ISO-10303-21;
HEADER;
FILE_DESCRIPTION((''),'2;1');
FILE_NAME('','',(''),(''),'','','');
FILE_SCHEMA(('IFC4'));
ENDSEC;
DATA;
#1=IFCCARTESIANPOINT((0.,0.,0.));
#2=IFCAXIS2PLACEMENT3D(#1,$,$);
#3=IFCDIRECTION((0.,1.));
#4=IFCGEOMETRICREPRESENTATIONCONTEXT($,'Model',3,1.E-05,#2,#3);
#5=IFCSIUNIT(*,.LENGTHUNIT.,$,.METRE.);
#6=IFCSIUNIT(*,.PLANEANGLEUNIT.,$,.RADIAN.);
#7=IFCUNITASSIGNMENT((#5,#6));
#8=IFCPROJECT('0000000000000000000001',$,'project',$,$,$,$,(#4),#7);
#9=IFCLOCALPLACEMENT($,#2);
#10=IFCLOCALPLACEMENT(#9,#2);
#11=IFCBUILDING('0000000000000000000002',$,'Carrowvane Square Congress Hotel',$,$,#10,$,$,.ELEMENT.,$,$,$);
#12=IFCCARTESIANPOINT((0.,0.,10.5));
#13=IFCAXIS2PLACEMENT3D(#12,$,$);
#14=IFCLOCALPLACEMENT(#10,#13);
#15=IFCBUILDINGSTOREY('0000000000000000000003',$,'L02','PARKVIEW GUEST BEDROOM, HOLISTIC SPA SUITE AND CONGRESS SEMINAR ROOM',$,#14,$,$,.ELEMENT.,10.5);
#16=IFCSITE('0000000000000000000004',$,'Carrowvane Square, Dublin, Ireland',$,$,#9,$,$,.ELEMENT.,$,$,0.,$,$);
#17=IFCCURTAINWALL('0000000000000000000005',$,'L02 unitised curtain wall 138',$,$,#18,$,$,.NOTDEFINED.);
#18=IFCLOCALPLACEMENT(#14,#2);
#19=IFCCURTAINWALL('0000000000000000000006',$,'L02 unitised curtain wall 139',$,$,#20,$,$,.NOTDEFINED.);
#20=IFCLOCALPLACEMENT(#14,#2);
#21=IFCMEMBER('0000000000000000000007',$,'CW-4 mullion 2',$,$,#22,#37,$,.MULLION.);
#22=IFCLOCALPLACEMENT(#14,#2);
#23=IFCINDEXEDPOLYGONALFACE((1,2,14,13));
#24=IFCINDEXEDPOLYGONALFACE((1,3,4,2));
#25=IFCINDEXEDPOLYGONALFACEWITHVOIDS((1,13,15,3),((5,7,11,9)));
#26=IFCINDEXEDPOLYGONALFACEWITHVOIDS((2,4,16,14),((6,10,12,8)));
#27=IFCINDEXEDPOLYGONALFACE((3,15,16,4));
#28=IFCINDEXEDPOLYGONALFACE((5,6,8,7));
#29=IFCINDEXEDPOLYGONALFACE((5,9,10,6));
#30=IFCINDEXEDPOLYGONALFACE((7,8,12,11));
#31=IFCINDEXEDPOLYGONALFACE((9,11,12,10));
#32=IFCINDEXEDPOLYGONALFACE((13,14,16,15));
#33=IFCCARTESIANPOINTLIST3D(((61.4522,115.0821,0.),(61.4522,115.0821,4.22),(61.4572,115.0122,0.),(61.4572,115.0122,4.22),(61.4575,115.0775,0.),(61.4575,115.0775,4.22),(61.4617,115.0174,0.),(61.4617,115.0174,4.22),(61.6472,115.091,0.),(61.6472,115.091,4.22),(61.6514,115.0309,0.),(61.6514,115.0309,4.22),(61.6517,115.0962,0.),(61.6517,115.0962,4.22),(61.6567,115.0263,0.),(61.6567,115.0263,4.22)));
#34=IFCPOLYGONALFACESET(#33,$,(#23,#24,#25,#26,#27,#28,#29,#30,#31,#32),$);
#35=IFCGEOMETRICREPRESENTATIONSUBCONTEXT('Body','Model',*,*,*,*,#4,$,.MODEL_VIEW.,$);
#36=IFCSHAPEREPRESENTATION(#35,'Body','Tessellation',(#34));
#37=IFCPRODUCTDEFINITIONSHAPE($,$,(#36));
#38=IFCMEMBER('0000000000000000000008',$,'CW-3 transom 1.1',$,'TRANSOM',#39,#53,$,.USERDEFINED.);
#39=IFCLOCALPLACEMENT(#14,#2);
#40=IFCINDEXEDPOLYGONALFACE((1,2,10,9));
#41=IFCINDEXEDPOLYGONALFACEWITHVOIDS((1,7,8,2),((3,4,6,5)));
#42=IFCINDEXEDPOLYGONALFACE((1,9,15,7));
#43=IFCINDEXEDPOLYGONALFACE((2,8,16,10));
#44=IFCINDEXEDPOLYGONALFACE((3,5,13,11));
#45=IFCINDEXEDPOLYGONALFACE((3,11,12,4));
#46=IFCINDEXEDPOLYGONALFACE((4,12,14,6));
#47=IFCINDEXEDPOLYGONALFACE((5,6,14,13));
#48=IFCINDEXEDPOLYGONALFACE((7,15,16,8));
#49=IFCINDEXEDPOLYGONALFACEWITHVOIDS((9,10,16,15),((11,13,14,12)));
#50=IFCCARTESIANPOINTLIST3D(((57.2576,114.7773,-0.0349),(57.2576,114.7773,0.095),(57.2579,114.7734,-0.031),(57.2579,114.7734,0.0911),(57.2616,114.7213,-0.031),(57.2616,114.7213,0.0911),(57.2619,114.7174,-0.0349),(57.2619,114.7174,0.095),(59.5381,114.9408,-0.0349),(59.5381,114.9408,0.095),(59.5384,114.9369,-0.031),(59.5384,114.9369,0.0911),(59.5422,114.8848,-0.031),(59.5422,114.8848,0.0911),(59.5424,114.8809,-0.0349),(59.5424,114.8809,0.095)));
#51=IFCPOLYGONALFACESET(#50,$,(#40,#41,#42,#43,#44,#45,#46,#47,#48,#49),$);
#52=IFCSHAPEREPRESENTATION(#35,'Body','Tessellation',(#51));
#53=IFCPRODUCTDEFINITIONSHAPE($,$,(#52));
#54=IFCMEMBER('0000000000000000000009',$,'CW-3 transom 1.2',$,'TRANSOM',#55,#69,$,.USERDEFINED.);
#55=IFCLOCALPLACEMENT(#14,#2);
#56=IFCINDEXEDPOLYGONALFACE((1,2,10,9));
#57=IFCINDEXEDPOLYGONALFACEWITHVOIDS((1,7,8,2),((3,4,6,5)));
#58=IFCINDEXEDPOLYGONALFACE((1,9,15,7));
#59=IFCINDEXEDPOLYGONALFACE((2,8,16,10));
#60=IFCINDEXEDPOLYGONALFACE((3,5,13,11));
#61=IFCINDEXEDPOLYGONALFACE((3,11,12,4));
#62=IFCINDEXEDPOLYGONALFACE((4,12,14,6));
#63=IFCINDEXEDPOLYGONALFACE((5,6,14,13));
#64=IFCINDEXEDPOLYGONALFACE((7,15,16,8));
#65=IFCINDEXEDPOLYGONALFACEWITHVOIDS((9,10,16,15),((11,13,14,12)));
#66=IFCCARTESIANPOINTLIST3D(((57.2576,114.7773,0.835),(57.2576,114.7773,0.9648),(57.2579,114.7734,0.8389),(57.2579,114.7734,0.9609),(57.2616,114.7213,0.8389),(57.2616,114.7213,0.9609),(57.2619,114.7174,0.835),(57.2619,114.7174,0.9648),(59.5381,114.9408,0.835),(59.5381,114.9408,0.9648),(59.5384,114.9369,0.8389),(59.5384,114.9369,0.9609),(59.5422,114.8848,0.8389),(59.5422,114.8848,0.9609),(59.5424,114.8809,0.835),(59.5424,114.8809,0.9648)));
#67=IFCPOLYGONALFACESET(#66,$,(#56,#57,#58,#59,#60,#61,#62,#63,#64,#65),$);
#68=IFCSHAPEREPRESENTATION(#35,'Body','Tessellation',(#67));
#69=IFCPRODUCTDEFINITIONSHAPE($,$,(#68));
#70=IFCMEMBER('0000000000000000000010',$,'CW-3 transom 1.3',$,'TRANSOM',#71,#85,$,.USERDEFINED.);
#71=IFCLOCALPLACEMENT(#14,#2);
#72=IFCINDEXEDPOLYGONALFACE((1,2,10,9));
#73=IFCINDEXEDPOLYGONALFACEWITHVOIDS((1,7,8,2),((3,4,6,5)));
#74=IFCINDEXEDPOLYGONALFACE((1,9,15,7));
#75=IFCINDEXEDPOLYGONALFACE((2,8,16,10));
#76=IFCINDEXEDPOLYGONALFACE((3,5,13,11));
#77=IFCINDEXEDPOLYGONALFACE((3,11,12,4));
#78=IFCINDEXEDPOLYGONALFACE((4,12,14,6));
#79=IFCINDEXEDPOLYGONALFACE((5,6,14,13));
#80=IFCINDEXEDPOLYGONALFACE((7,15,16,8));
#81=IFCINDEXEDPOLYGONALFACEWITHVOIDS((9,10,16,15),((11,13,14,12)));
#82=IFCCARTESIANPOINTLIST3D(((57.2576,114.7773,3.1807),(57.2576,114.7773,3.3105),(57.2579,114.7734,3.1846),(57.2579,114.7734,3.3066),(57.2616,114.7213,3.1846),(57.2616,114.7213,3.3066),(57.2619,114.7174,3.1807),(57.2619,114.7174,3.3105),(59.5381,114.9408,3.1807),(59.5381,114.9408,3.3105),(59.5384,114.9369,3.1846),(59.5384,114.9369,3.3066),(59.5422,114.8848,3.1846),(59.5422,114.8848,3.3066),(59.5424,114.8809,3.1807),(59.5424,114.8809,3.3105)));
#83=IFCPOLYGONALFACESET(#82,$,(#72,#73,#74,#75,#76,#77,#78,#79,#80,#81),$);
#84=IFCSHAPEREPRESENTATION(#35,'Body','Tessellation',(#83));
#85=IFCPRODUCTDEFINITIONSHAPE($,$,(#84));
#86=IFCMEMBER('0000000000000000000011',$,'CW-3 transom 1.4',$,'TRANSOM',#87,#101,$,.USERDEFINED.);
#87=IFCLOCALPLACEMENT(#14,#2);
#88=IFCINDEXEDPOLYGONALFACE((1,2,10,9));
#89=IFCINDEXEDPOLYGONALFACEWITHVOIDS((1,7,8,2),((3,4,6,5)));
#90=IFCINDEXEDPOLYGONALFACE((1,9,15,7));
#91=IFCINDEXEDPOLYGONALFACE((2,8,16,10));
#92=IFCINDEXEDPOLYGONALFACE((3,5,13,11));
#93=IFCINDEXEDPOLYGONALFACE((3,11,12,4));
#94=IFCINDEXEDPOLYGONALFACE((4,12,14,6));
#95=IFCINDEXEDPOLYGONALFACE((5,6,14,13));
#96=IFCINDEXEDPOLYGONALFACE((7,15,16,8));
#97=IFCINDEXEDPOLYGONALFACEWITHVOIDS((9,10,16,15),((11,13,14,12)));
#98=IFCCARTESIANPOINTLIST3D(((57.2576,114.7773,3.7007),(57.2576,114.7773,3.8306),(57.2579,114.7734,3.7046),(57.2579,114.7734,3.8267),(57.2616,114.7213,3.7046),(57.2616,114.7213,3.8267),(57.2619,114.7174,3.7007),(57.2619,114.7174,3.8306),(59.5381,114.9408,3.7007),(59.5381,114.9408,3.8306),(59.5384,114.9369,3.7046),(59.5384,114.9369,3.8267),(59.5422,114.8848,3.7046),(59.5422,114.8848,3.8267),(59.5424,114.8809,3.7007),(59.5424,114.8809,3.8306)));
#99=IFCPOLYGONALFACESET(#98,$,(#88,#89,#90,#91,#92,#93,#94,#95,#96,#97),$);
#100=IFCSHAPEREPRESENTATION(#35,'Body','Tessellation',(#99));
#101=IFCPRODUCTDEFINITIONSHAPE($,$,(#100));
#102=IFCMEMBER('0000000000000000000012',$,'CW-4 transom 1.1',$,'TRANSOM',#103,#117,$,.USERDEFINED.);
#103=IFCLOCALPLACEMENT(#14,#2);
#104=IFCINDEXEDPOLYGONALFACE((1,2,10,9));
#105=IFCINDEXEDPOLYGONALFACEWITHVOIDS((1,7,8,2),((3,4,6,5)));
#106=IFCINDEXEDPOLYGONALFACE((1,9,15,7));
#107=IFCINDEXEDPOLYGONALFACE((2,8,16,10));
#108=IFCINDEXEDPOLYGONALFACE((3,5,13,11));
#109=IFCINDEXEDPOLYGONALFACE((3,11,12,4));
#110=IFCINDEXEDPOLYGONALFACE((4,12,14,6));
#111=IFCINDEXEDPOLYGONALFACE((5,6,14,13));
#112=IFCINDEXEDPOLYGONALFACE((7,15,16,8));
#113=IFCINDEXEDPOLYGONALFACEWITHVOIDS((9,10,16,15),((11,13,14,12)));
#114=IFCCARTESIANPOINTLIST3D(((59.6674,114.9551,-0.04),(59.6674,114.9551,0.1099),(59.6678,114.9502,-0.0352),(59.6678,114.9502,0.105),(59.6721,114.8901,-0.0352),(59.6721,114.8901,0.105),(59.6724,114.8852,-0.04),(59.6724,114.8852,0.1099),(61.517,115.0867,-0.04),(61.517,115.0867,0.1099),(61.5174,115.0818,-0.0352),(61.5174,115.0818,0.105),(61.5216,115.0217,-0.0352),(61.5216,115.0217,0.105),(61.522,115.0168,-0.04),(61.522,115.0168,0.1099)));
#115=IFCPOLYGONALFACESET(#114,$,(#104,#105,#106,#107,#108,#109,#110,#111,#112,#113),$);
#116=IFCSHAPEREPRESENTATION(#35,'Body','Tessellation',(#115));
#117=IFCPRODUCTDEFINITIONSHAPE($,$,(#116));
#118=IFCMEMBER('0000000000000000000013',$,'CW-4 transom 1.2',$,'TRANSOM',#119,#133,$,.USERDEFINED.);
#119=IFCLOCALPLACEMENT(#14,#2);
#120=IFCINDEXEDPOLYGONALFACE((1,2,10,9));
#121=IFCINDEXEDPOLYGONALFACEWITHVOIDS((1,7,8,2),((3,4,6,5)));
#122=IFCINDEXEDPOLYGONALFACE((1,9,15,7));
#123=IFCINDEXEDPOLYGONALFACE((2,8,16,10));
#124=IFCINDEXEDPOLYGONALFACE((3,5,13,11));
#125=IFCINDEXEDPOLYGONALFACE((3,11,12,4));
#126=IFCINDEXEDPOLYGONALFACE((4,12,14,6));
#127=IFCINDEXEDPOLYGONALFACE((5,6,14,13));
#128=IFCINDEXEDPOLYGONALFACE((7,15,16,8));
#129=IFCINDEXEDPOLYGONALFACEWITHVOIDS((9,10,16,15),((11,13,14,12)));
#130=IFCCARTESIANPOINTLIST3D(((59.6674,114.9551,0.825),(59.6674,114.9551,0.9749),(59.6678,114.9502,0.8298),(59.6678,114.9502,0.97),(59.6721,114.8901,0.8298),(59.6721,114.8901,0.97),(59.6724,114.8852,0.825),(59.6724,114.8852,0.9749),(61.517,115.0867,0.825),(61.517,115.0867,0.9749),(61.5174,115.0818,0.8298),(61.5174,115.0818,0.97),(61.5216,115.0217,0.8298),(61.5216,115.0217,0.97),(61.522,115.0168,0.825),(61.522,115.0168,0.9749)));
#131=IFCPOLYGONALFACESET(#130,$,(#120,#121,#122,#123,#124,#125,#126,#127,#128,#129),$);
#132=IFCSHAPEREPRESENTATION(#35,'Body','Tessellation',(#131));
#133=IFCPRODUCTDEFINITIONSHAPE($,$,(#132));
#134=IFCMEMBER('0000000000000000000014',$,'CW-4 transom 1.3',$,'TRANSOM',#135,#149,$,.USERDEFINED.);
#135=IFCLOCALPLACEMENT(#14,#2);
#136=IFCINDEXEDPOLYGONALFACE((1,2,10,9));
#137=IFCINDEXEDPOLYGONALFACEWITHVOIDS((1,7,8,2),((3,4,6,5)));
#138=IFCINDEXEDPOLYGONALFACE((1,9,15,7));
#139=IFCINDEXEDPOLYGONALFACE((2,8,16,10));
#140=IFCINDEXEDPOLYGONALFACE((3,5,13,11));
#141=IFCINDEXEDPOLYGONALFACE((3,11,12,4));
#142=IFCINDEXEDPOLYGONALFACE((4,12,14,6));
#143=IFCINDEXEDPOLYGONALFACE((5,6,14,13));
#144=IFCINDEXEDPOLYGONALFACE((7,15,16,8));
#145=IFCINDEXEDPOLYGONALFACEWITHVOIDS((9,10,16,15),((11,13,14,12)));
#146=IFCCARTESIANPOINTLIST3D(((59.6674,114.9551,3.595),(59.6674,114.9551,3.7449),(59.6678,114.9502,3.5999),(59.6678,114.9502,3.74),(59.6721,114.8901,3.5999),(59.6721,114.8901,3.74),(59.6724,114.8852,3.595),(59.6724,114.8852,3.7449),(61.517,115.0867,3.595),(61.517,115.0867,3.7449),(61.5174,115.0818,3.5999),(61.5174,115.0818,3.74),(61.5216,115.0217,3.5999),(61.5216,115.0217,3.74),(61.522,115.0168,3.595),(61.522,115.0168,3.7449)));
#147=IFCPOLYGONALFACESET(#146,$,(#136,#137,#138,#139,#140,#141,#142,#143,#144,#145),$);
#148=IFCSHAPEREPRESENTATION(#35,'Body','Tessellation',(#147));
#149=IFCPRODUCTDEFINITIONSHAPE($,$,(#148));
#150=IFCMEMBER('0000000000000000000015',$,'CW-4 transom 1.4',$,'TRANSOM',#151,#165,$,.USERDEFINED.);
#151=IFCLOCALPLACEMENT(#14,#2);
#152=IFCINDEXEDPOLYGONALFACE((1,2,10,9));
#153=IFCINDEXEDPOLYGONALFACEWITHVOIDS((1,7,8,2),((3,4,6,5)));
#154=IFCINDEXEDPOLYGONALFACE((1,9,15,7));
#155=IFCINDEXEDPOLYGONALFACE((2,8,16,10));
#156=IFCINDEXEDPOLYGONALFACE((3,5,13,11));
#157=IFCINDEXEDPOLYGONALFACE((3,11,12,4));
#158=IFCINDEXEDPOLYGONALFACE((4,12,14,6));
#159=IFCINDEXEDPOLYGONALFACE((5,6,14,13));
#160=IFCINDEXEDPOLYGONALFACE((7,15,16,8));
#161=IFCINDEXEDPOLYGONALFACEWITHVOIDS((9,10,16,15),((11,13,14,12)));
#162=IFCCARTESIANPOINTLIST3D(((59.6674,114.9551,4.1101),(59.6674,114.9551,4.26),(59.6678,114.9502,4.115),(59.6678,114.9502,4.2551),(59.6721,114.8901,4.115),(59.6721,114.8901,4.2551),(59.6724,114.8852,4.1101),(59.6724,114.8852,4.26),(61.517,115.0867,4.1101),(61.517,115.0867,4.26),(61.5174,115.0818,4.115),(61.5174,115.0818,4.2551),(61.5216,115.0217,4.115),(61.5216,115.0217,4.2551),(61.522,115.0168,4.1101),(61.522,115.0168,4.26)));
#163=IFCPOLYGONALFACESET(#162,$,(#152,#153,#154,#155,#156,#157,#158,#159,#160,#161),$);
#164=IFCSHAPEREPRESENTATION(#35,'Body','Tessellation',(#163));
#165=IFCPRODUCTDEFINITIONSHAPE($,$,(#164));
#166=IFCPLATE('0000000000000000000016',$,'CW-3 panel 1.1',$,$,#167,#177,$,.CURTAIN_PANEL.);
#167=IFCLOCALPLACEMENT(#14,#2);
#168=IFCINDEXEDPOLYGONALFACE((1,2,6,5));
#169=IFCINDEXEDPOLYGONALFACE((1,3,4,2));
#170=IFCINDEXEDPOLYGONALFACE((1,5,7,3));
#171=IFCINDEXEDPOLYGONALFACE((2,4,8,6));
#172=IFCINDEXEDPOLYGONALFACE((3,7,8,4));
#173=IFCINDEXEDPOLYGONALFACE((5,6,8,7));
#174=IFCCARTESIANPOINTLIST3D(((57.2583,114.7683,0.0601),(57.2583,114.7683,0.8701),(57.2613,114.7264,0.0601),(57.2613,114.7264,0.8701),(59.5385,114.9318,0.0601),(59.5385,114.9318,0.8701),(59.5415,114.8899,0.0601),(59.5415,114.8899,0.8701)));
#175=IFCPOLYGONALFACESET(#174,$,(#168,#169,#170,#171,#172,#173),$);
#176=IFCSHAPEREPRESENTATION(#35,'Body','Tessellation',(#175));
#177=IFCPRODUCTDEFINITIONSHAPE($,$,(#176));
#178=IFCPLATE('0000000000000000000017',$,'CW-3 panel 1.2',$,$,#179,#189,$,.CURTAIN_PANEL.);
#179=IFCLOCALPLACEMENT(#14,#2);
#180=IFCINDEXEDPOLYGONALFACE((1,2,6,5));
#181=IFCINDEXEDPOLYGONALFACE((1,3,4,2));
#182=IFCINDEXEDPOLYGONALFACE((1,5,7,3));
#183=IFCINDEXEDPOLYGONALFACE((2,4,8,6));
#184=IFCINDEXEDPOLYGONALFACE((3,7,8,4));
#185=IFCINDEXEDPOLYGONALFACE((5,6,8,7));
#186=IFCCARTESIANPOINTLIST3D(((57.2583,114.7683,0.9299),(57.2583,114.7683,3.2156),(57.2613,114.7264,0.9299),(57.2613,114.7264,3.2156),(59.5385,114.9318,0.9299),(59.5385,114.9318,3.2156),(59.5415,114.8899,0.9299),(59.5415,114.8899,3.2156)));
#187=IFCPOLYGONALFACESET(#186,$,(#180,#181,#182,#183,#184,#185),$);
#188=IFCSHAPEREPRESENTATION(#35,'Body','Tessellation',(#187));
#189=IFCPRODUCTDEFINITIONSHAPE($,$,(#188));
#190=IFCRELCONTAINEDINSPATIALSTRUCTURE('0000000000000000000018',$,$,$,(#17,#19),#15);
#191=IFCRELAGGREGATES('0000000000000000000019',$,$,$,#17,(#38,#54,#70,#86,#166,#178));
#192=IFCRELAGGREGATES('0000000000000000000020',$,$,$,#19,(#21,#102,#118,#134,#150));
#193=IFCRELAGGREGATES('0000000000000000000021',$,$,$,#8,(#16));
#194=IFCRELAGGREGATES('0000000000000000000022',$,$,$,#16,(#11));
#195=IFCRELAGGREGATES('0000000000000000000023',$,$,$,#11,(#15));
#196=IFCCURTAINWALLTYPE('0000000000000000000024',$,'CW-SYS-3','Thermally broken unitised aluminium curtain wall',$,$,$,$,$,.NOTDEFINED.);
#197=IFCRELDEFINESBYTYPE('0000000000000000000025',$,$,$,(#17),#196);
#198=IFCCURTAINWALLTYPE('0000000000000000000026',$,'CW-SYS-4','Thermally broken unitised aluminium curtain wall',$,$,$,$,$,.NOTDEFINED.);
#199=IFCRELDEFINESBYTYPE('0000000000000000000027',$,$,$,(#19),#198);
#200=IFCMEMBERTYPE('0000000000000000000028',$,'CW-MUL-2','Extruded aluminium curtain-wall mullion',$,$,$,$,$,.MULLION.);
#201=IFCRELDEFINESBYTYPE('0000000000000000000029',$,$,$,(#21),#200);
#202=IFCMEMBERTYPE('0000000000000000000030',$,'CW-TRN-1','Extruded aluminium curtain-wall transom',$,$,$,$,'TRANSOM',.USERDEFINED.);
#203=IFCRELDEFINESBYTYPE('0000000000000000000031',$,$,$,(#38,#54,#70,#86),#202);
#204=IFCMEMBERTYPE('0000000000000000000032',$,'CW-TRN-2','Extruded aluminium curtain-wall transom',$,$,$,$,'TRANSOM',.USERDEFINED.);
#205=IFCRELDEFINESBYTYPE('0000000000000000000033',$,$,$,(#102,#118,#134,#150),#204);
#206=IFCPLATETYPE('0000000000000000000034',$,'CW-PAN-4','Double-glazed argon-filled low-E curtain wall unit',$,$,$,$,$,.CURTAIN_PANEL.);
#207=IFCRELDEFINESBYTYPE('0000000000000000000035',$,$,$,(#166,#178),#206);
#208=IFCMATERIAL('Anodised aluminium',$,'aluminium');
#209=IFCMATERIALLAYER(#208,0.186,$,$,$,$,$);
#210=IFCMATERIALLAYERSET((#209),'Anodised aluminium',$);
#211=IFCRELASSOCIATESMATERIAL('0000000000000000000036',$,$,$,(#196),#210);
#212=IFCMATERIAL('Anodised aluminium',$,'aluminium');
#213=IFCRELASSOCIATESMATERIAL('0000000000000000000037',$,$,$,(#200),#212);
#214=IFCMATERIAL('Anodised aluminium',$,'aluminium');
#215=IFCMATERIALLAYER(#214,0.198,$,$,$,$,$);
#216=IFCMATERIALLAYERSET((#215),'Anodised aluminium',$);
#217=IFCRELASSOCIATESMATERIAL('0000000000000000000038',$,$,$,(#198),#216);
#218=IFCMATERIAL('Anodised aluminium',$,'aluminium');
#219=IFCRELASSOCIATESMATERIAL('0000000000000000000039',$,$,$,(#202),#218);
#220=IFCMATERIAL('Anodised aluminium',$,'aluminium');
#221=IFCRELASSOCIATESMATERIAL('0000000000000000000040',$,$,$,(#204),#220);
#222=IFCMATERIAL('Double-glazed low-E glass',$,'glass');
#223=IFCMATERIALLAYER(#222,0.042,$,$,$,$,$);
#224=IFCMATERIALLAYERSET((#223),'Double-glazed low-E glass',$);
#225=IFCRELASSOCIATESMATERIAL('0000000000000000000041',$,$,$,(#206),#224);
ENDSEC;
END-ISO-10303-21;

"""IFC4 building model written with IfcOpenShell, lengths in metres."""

from ifc_helpers import new_model, si_unit, direction, frame, origin, origin_2d, place, context, subcontext, project, spatial, rectangle, hollow_rectangle, extrude, material, layer, layer_set, material_profile, profile_set, type_object, element, aggregate, save


model = new_model("IFC4")

# Units and contexts
model_context = context("Model", 3, precision=1e-05, world=origin(), true_north=direction((0.0, 1.0)))
body_context = subcontext(model_context, "Body", "Model", "MODEL_VIEW")
ifc_project = project(units=[si_unit("LENGTHUNIT", "METRE"), si_unit("PLANEANGLEUNIT", "RADIAN")], contexts=[model_context])

# Site, building, storey
site_placement = place(None, origin())
site = spatial("IfcSite", under=ifc_project, at=site_placement, Name="Carrowvane Square, Dublin, Ireland", CompositionType="ELEMENT", RefElevation=0.0)
building_placement = place(site_placement, origin())
building = spatial("IfcBuilding", under=site, at=building_placement, Name="Carrowvane Square Congress Hotel", CompositionType="ELEMENT")
storey_placement = place(building_placement, frame((0.0, 0.0, 10.5)))
storey = spatial("IfcBuildingStorey", under=building, at=storey_placement, Name="L02", Description="PARKVIEW GUEST BEDROOM, HOLISTIC SPA SUITE AND CONGRESS SEMINAR ROOM", CompositionType="ELEMENT", Elevation=10.5)

# Curtain wall
ifc_material_1 = material(Name="Anodised aluminium", Category="aluminium")
ifc_layer_1 = layer(ifc_material_1, 0.186)
ifc_layer_set_1 = layer_set([ifc_layer_1], Name="Anodised aluminium")
curtain_wall_type_1 = type_object("IfcCurtainWallType", Name="CW-SYS-3", Description="Thermally broken unitised aluminium curtain wall", PredefinedType="NOTDEFINED", material=ifc_layer_set_1)
curtain_wall_1_placement = place(storey_placement, origin())
curtain_wall_1 = element("IfcCurtainWall", 1, at=curtain_wall_1_placement, inside=storey, type_object=curtain_wall_type_1, Name="L02 unitised curtain wall 138", PredefinedType="NOTDEFINED")

# Shared definitions
ifc_material_2 = material(Name="Anodised aluminium", Category="aluminium")
ifc_material_profile_1 = material_profile(ifc_material_2, hollow_rectangle(XDim=0.0701, YDim=0.2, WallThickness=0.0049, at=origin_2d()), Name="CW-ML 70x200x5")
ifc_profile_set_1 = profile_set([ifc_material_profile_1], Name="Anodised aluminium")
member_type_1 = type_object("IfcMemberType", Name="CW-MUL-2", Description="Extruded aluminium curtain-wall mullion", PredefinedType="MULLION", material=ifc_profile_set_1)

# Curtain wall, member
ifc_material_3 = material(Name="Anodised aluminium", Category="aluminium")
ifc_layer_2 = layer(ifc_material_3, 0.198)
ifc_layer_set_2 = layer_set([ifc_layer_2], Name="Anodised aluminium")
curtain_wall_type_2 = type_object("IfcCurtainWallType", Name="CW-SYS-4", Description="Thermally broken unitised aluminium curtain wall", PredefinedType="NOTDEFINED", material=ifc_layer_set_2)
curtain_wall_2_placement = place(storey_placement, origin())
curtain_wall_2 = element("IfcCurtainWall", 2, at=curtain_wall_2_placement, inside=storey, type_object=curtain_wall_type_2, Name="L02 unitised curtain wall 139", PredefinedType="NOTDEFINED")
member_1_placement = place(storey_placement, frame((61.5544, 115.0542, 0.0), z_axis=(0.0, 0.0, 1.0), x_axis=(-0.07096, 0.997479, 0.0)))
member_1 = element("IfcMember", 3, at=member_1_placement, type_object=member_type_1, Name="CW-4 mullion 2", PredefinedType="MULLION", context=body_context, shape_type="SweptSolid", body=[
    extrude(hollow_rectangle(XDim=0.0701, YDim=0.2, WallThickness=0.0049, at=origin_2d()), origin(), (0.0, 0.0, 1.0), 4.22),
])

# Members
ifc_material_4 = material(Name="Anodised aluminium", Category="aluminium")
ifc_material_profile_2 = material_profile(ifc_material_4, hollow_rectangle(XDim=0.0601, YDim=0.1299, WallThickness=0.0039, at=origin_2d()), Name="CW-TR 60x130x4")
ifc_profile_set_2 = profile_set([ifc_material_profile_2], Name="Anodised aluminium")
member_type_2 = type_object("IfcMemberType", Name="CW-TRN-1", Description="Extruded aluminium curtain-wall transom", ElementType="TRANSOM", PredefinedType="USERDEFINED", material=ifc_profile_set_2)
member_2_placement = place(storey_placement, frame((57.2598, 114.7473, 0.03), z_axis=(0.997438, 0.071543, 0.0), x_axis=(-0.071543, 0.997438, 0.0)))
member_2 = element("IfcMember", 4, at=member_2_placement, type_object=member_type_2, Name="CW-3 transom 1.1", ObjectType="TRANSOM", PredefinedType="USERDEFINED", context=body_context, shape_type="SweptSolid", body=[
    extrude(hollow_rectangle(XDim=0.0601, YDim=0.1299, WallThickness=0.0039, at=origin_2d()), origin(), (0.0, 0.0, 1.0), 2.2864),
])
member_3_placement = place(storey_placement, frame((57.2598, 114.7473, 0.8999), z_axis=(0.997438, 0.071543, 0.0), x_axis=(-0.071543, 0.997438, 0.0)))
member_3 = element("IfcMember", 5, at=member_3_placement, type_object=member_type_2, Name="CW-3 transom 1.2", ObjectType="TRANSOM", PredefinedType="USERDEFINED", context=body_context, shape_type="SweptSolid", body=[
    extrude(hollow_rectangle(XDim=0.0601, YDim=0.1299, WallThickness=0.0039, at=origin_2d()), origin(), (0.0, 0.0, 1.0), 2.2864),
])
member_4_placement = place(storey_placement, frame((57.2598, 114.7473, 3.2456), z_axis=(0.997438, 0.071543, 0.0), x_axis=(-0.071543, 0.997438, 0.0)))
member_4 = element("IfcMember", 6, at=member_4_placement, type_object=member_type_2, Name="CW-3 transom 1.3", ObjectType="TRANSOM", PredefinedType="USERDEFINED", context=body_context, shape_type="SweptSolid", body=[
    extrude(hollow_rectangle(XDim=0.0601, YDim=0.1299, WallThickness=0.0039, at=origin_2d()), origin(), (0.0, 0.0, 1.0), 2.2864),
])
member_5_placement = place(storey_placement, frame((57.2598, 114.7473, 3.7656), z_axis=(0.997438, 0.071543, 0.0), x_axis=(-0.071543, 0.997438, 0.0)))
member_5 = element("IfcMember", 7, at=member_5_placement, type_object=member_type_2, Name="CW-3 transom 1.4", ObjectType="TRANSOM", PredefinedType="USERDEFINED", context=body_context, shape_type="SweptSolid", body=[
    extrude(hollow_rectangle(XDim=0.0601, YDim=0.1299, WallThickness=0.0039, at=origin_2d()), origin(), (0.0, 0.0, 1.0), 2.2864),
])
ifc_material_5 = material(Name="Anodised aluminium", Category="aluminium")
ifc_material_profile_3 = material_profile(ifc_material_5, hollow_rectangle(XDim=0.0701, YDim=0.1499, WallThickness=0.0049, at=origin_2d()), Name="CW-TR 70x150x5")
ifc_profile_set_3 = profile_set([ifc_material_profile_3], Name="Anodised aluminium")
member_type_3 = type_object("IfcMemberType", Name="CW-TRN-2", Description="Extruded aluminium curtain-wall transom", ElementType="TRANSOM", PredefinedType="USERDEFINED", material=ifc_profile_set_3)
member_6_placement = place(storey_placement, frame((59.6699, 114.9202, 0.0349), z_axis=(0.997479, 0.070966, 0.0), x_axis=(-0.070966, 0.997479, 0.0)))
member_6 = element("IfcMember", 8, at=member_6_placement, type_object=member_type_3, Name="CW-4 transom 1.1", ObjectType="TRANSOM", PredefinedType="USERDEFINED", context=body_context, shape_type="SweptSolid", body=[
    extrude(hollow_rectangle(XDim=0.0701, YDim=0.1499, WallThickness=0.0049, at=origin_2d()), origin(), (0.0, 0.0, 1.0), 1.8542),
])
member_7_placement = place(storey_placement, frame((59.6699, 114.9202, 0.8999), z_axis=(0.997479, 0.070966, 0.0), x_axis=(-0.070966, 0.997479, 0.0)))
member_7 = element("IfcMember", 9, at=member_7_placement, type_object=member_type_3, Name="CW-4 transom 1.2", ObjectType="TRANSOM", PredefinedType="USERDEFINED", context=body_context, shape_type="SweptSolid", body=[
    extrude(hollow_rectangle(XDim=0.0701, YDim=0.1499, WallThickness=0.0049, at=origin_2d()), origin(), (0.0, 0.0, 1.0), 1.8542),
])
member_8_placement = place(storey_placement, frame((59.6699, 114.9202, 3.6699), z_axis=(0.997479, 0.070966, 0.0), x_axis=(-0.070966, 0.997479, 0.0)))
member_8 = element("IfcMember", 10, at=member_8_placement, type_object=member_type_3, Name="CW-4 transom 1.3", ObjectType="TRANSOM", PredefinedType="USERDEFINED", context=body_context, shape_type="SweptSolid", body=[
    extrude(hollow_rectangle(XDim=0.0701, YDim=0.1499, WallThickness=0.0049, at=origin_2d()), origin(), (0.0, 0.0, 1.0), 1.8542),
])
member_9_placement = place(storey_placement, frame((59.6699, 114.9202, 4.1851), z_axis=(0.997479, 0.070966, 0.0), x_axis=(-0.070966, 0.997479, 0.0)))
member_9 = element("IfcMember", 11, at=member_9_placement, type_object=member_type_3, Name="CW-4 transom 1.4", ObjectType="TRANSOM", PredefinedType="USERDEFINED", context=body_context, shape_type="SweptSolid", body=[
    extrude(hollow_rectangle(XDim=0.0701, YDim=0.1499, WallThickness=0.0049, at=origin_2d()), origin(), (0.0, 0.0, 1.0), 1.8542),
])

# Plates
ifc_material_6 = material(Name="Double-glazed low-E glass", Category="glass")
ifc_layer_3 = layer(ifc_material_6, 0.042)
ifc_layer_set_3 = layer_set([ifc_layer_3], Name="Double-glazed low-E glass")
plate_type_1 = type_object("IfcPlateType", Name="CW-PAN-4", Description="Double-glazed argon-filled low-E curtain wall unit", PredefinedType="CURTAIN_PANEL", material=ifc_layer_set_3)
plate_1_placement = place(storey_placement, frame((58.3999, 114.8291, 0.0601), z_axis=(0.0, 0.0, 1.0), x_axis=(0.997438, 0.071532, 0.0)))
plate_1 = element("IfcPlate", 12, at=plate_1_placement, type_object=plate_type_1, Name="CW-3 panel 1.1", PredefinedType="CURTAIN_PANEL", context=body_context, shape_type="SweptSolid", body=[
    extrude(rectangle(XDim=2.2861, YDim=0.042, at=origin_2d()), origin(), (0.0, 0.0, 1.0), 0.8101),
])
plate_2_placement = place(storey_placement, frame((58.3999, 114.8291, 0.9299), z_axis=(0.0, 0.0, 1.0), x_axis=(0.997438, 0.071532, 0.0)))
plate_2 = element("IfcPlate", 13, at=plate_2_placement, type_object=plate_type_1, Name="CW-3 panel 1.2", PredefinedType="CURTAIN_PANEL", context=body_context, shape_type="SweptSolid", body=[
    extrude(rectangle(XDim=2.2861, YDim=0.042, at=origin_2d()), origin(), (0.0, 0.0, 1.0), 2.2856),
])
aggregate(curtain_wall_1, [member_2, member_3, member_4, member_5, plate_1, plate_2])
aggregate(curtain_wall_2, [member_1, member_6, member_7, member_8, member_9])

save(model, "model.ifc")
